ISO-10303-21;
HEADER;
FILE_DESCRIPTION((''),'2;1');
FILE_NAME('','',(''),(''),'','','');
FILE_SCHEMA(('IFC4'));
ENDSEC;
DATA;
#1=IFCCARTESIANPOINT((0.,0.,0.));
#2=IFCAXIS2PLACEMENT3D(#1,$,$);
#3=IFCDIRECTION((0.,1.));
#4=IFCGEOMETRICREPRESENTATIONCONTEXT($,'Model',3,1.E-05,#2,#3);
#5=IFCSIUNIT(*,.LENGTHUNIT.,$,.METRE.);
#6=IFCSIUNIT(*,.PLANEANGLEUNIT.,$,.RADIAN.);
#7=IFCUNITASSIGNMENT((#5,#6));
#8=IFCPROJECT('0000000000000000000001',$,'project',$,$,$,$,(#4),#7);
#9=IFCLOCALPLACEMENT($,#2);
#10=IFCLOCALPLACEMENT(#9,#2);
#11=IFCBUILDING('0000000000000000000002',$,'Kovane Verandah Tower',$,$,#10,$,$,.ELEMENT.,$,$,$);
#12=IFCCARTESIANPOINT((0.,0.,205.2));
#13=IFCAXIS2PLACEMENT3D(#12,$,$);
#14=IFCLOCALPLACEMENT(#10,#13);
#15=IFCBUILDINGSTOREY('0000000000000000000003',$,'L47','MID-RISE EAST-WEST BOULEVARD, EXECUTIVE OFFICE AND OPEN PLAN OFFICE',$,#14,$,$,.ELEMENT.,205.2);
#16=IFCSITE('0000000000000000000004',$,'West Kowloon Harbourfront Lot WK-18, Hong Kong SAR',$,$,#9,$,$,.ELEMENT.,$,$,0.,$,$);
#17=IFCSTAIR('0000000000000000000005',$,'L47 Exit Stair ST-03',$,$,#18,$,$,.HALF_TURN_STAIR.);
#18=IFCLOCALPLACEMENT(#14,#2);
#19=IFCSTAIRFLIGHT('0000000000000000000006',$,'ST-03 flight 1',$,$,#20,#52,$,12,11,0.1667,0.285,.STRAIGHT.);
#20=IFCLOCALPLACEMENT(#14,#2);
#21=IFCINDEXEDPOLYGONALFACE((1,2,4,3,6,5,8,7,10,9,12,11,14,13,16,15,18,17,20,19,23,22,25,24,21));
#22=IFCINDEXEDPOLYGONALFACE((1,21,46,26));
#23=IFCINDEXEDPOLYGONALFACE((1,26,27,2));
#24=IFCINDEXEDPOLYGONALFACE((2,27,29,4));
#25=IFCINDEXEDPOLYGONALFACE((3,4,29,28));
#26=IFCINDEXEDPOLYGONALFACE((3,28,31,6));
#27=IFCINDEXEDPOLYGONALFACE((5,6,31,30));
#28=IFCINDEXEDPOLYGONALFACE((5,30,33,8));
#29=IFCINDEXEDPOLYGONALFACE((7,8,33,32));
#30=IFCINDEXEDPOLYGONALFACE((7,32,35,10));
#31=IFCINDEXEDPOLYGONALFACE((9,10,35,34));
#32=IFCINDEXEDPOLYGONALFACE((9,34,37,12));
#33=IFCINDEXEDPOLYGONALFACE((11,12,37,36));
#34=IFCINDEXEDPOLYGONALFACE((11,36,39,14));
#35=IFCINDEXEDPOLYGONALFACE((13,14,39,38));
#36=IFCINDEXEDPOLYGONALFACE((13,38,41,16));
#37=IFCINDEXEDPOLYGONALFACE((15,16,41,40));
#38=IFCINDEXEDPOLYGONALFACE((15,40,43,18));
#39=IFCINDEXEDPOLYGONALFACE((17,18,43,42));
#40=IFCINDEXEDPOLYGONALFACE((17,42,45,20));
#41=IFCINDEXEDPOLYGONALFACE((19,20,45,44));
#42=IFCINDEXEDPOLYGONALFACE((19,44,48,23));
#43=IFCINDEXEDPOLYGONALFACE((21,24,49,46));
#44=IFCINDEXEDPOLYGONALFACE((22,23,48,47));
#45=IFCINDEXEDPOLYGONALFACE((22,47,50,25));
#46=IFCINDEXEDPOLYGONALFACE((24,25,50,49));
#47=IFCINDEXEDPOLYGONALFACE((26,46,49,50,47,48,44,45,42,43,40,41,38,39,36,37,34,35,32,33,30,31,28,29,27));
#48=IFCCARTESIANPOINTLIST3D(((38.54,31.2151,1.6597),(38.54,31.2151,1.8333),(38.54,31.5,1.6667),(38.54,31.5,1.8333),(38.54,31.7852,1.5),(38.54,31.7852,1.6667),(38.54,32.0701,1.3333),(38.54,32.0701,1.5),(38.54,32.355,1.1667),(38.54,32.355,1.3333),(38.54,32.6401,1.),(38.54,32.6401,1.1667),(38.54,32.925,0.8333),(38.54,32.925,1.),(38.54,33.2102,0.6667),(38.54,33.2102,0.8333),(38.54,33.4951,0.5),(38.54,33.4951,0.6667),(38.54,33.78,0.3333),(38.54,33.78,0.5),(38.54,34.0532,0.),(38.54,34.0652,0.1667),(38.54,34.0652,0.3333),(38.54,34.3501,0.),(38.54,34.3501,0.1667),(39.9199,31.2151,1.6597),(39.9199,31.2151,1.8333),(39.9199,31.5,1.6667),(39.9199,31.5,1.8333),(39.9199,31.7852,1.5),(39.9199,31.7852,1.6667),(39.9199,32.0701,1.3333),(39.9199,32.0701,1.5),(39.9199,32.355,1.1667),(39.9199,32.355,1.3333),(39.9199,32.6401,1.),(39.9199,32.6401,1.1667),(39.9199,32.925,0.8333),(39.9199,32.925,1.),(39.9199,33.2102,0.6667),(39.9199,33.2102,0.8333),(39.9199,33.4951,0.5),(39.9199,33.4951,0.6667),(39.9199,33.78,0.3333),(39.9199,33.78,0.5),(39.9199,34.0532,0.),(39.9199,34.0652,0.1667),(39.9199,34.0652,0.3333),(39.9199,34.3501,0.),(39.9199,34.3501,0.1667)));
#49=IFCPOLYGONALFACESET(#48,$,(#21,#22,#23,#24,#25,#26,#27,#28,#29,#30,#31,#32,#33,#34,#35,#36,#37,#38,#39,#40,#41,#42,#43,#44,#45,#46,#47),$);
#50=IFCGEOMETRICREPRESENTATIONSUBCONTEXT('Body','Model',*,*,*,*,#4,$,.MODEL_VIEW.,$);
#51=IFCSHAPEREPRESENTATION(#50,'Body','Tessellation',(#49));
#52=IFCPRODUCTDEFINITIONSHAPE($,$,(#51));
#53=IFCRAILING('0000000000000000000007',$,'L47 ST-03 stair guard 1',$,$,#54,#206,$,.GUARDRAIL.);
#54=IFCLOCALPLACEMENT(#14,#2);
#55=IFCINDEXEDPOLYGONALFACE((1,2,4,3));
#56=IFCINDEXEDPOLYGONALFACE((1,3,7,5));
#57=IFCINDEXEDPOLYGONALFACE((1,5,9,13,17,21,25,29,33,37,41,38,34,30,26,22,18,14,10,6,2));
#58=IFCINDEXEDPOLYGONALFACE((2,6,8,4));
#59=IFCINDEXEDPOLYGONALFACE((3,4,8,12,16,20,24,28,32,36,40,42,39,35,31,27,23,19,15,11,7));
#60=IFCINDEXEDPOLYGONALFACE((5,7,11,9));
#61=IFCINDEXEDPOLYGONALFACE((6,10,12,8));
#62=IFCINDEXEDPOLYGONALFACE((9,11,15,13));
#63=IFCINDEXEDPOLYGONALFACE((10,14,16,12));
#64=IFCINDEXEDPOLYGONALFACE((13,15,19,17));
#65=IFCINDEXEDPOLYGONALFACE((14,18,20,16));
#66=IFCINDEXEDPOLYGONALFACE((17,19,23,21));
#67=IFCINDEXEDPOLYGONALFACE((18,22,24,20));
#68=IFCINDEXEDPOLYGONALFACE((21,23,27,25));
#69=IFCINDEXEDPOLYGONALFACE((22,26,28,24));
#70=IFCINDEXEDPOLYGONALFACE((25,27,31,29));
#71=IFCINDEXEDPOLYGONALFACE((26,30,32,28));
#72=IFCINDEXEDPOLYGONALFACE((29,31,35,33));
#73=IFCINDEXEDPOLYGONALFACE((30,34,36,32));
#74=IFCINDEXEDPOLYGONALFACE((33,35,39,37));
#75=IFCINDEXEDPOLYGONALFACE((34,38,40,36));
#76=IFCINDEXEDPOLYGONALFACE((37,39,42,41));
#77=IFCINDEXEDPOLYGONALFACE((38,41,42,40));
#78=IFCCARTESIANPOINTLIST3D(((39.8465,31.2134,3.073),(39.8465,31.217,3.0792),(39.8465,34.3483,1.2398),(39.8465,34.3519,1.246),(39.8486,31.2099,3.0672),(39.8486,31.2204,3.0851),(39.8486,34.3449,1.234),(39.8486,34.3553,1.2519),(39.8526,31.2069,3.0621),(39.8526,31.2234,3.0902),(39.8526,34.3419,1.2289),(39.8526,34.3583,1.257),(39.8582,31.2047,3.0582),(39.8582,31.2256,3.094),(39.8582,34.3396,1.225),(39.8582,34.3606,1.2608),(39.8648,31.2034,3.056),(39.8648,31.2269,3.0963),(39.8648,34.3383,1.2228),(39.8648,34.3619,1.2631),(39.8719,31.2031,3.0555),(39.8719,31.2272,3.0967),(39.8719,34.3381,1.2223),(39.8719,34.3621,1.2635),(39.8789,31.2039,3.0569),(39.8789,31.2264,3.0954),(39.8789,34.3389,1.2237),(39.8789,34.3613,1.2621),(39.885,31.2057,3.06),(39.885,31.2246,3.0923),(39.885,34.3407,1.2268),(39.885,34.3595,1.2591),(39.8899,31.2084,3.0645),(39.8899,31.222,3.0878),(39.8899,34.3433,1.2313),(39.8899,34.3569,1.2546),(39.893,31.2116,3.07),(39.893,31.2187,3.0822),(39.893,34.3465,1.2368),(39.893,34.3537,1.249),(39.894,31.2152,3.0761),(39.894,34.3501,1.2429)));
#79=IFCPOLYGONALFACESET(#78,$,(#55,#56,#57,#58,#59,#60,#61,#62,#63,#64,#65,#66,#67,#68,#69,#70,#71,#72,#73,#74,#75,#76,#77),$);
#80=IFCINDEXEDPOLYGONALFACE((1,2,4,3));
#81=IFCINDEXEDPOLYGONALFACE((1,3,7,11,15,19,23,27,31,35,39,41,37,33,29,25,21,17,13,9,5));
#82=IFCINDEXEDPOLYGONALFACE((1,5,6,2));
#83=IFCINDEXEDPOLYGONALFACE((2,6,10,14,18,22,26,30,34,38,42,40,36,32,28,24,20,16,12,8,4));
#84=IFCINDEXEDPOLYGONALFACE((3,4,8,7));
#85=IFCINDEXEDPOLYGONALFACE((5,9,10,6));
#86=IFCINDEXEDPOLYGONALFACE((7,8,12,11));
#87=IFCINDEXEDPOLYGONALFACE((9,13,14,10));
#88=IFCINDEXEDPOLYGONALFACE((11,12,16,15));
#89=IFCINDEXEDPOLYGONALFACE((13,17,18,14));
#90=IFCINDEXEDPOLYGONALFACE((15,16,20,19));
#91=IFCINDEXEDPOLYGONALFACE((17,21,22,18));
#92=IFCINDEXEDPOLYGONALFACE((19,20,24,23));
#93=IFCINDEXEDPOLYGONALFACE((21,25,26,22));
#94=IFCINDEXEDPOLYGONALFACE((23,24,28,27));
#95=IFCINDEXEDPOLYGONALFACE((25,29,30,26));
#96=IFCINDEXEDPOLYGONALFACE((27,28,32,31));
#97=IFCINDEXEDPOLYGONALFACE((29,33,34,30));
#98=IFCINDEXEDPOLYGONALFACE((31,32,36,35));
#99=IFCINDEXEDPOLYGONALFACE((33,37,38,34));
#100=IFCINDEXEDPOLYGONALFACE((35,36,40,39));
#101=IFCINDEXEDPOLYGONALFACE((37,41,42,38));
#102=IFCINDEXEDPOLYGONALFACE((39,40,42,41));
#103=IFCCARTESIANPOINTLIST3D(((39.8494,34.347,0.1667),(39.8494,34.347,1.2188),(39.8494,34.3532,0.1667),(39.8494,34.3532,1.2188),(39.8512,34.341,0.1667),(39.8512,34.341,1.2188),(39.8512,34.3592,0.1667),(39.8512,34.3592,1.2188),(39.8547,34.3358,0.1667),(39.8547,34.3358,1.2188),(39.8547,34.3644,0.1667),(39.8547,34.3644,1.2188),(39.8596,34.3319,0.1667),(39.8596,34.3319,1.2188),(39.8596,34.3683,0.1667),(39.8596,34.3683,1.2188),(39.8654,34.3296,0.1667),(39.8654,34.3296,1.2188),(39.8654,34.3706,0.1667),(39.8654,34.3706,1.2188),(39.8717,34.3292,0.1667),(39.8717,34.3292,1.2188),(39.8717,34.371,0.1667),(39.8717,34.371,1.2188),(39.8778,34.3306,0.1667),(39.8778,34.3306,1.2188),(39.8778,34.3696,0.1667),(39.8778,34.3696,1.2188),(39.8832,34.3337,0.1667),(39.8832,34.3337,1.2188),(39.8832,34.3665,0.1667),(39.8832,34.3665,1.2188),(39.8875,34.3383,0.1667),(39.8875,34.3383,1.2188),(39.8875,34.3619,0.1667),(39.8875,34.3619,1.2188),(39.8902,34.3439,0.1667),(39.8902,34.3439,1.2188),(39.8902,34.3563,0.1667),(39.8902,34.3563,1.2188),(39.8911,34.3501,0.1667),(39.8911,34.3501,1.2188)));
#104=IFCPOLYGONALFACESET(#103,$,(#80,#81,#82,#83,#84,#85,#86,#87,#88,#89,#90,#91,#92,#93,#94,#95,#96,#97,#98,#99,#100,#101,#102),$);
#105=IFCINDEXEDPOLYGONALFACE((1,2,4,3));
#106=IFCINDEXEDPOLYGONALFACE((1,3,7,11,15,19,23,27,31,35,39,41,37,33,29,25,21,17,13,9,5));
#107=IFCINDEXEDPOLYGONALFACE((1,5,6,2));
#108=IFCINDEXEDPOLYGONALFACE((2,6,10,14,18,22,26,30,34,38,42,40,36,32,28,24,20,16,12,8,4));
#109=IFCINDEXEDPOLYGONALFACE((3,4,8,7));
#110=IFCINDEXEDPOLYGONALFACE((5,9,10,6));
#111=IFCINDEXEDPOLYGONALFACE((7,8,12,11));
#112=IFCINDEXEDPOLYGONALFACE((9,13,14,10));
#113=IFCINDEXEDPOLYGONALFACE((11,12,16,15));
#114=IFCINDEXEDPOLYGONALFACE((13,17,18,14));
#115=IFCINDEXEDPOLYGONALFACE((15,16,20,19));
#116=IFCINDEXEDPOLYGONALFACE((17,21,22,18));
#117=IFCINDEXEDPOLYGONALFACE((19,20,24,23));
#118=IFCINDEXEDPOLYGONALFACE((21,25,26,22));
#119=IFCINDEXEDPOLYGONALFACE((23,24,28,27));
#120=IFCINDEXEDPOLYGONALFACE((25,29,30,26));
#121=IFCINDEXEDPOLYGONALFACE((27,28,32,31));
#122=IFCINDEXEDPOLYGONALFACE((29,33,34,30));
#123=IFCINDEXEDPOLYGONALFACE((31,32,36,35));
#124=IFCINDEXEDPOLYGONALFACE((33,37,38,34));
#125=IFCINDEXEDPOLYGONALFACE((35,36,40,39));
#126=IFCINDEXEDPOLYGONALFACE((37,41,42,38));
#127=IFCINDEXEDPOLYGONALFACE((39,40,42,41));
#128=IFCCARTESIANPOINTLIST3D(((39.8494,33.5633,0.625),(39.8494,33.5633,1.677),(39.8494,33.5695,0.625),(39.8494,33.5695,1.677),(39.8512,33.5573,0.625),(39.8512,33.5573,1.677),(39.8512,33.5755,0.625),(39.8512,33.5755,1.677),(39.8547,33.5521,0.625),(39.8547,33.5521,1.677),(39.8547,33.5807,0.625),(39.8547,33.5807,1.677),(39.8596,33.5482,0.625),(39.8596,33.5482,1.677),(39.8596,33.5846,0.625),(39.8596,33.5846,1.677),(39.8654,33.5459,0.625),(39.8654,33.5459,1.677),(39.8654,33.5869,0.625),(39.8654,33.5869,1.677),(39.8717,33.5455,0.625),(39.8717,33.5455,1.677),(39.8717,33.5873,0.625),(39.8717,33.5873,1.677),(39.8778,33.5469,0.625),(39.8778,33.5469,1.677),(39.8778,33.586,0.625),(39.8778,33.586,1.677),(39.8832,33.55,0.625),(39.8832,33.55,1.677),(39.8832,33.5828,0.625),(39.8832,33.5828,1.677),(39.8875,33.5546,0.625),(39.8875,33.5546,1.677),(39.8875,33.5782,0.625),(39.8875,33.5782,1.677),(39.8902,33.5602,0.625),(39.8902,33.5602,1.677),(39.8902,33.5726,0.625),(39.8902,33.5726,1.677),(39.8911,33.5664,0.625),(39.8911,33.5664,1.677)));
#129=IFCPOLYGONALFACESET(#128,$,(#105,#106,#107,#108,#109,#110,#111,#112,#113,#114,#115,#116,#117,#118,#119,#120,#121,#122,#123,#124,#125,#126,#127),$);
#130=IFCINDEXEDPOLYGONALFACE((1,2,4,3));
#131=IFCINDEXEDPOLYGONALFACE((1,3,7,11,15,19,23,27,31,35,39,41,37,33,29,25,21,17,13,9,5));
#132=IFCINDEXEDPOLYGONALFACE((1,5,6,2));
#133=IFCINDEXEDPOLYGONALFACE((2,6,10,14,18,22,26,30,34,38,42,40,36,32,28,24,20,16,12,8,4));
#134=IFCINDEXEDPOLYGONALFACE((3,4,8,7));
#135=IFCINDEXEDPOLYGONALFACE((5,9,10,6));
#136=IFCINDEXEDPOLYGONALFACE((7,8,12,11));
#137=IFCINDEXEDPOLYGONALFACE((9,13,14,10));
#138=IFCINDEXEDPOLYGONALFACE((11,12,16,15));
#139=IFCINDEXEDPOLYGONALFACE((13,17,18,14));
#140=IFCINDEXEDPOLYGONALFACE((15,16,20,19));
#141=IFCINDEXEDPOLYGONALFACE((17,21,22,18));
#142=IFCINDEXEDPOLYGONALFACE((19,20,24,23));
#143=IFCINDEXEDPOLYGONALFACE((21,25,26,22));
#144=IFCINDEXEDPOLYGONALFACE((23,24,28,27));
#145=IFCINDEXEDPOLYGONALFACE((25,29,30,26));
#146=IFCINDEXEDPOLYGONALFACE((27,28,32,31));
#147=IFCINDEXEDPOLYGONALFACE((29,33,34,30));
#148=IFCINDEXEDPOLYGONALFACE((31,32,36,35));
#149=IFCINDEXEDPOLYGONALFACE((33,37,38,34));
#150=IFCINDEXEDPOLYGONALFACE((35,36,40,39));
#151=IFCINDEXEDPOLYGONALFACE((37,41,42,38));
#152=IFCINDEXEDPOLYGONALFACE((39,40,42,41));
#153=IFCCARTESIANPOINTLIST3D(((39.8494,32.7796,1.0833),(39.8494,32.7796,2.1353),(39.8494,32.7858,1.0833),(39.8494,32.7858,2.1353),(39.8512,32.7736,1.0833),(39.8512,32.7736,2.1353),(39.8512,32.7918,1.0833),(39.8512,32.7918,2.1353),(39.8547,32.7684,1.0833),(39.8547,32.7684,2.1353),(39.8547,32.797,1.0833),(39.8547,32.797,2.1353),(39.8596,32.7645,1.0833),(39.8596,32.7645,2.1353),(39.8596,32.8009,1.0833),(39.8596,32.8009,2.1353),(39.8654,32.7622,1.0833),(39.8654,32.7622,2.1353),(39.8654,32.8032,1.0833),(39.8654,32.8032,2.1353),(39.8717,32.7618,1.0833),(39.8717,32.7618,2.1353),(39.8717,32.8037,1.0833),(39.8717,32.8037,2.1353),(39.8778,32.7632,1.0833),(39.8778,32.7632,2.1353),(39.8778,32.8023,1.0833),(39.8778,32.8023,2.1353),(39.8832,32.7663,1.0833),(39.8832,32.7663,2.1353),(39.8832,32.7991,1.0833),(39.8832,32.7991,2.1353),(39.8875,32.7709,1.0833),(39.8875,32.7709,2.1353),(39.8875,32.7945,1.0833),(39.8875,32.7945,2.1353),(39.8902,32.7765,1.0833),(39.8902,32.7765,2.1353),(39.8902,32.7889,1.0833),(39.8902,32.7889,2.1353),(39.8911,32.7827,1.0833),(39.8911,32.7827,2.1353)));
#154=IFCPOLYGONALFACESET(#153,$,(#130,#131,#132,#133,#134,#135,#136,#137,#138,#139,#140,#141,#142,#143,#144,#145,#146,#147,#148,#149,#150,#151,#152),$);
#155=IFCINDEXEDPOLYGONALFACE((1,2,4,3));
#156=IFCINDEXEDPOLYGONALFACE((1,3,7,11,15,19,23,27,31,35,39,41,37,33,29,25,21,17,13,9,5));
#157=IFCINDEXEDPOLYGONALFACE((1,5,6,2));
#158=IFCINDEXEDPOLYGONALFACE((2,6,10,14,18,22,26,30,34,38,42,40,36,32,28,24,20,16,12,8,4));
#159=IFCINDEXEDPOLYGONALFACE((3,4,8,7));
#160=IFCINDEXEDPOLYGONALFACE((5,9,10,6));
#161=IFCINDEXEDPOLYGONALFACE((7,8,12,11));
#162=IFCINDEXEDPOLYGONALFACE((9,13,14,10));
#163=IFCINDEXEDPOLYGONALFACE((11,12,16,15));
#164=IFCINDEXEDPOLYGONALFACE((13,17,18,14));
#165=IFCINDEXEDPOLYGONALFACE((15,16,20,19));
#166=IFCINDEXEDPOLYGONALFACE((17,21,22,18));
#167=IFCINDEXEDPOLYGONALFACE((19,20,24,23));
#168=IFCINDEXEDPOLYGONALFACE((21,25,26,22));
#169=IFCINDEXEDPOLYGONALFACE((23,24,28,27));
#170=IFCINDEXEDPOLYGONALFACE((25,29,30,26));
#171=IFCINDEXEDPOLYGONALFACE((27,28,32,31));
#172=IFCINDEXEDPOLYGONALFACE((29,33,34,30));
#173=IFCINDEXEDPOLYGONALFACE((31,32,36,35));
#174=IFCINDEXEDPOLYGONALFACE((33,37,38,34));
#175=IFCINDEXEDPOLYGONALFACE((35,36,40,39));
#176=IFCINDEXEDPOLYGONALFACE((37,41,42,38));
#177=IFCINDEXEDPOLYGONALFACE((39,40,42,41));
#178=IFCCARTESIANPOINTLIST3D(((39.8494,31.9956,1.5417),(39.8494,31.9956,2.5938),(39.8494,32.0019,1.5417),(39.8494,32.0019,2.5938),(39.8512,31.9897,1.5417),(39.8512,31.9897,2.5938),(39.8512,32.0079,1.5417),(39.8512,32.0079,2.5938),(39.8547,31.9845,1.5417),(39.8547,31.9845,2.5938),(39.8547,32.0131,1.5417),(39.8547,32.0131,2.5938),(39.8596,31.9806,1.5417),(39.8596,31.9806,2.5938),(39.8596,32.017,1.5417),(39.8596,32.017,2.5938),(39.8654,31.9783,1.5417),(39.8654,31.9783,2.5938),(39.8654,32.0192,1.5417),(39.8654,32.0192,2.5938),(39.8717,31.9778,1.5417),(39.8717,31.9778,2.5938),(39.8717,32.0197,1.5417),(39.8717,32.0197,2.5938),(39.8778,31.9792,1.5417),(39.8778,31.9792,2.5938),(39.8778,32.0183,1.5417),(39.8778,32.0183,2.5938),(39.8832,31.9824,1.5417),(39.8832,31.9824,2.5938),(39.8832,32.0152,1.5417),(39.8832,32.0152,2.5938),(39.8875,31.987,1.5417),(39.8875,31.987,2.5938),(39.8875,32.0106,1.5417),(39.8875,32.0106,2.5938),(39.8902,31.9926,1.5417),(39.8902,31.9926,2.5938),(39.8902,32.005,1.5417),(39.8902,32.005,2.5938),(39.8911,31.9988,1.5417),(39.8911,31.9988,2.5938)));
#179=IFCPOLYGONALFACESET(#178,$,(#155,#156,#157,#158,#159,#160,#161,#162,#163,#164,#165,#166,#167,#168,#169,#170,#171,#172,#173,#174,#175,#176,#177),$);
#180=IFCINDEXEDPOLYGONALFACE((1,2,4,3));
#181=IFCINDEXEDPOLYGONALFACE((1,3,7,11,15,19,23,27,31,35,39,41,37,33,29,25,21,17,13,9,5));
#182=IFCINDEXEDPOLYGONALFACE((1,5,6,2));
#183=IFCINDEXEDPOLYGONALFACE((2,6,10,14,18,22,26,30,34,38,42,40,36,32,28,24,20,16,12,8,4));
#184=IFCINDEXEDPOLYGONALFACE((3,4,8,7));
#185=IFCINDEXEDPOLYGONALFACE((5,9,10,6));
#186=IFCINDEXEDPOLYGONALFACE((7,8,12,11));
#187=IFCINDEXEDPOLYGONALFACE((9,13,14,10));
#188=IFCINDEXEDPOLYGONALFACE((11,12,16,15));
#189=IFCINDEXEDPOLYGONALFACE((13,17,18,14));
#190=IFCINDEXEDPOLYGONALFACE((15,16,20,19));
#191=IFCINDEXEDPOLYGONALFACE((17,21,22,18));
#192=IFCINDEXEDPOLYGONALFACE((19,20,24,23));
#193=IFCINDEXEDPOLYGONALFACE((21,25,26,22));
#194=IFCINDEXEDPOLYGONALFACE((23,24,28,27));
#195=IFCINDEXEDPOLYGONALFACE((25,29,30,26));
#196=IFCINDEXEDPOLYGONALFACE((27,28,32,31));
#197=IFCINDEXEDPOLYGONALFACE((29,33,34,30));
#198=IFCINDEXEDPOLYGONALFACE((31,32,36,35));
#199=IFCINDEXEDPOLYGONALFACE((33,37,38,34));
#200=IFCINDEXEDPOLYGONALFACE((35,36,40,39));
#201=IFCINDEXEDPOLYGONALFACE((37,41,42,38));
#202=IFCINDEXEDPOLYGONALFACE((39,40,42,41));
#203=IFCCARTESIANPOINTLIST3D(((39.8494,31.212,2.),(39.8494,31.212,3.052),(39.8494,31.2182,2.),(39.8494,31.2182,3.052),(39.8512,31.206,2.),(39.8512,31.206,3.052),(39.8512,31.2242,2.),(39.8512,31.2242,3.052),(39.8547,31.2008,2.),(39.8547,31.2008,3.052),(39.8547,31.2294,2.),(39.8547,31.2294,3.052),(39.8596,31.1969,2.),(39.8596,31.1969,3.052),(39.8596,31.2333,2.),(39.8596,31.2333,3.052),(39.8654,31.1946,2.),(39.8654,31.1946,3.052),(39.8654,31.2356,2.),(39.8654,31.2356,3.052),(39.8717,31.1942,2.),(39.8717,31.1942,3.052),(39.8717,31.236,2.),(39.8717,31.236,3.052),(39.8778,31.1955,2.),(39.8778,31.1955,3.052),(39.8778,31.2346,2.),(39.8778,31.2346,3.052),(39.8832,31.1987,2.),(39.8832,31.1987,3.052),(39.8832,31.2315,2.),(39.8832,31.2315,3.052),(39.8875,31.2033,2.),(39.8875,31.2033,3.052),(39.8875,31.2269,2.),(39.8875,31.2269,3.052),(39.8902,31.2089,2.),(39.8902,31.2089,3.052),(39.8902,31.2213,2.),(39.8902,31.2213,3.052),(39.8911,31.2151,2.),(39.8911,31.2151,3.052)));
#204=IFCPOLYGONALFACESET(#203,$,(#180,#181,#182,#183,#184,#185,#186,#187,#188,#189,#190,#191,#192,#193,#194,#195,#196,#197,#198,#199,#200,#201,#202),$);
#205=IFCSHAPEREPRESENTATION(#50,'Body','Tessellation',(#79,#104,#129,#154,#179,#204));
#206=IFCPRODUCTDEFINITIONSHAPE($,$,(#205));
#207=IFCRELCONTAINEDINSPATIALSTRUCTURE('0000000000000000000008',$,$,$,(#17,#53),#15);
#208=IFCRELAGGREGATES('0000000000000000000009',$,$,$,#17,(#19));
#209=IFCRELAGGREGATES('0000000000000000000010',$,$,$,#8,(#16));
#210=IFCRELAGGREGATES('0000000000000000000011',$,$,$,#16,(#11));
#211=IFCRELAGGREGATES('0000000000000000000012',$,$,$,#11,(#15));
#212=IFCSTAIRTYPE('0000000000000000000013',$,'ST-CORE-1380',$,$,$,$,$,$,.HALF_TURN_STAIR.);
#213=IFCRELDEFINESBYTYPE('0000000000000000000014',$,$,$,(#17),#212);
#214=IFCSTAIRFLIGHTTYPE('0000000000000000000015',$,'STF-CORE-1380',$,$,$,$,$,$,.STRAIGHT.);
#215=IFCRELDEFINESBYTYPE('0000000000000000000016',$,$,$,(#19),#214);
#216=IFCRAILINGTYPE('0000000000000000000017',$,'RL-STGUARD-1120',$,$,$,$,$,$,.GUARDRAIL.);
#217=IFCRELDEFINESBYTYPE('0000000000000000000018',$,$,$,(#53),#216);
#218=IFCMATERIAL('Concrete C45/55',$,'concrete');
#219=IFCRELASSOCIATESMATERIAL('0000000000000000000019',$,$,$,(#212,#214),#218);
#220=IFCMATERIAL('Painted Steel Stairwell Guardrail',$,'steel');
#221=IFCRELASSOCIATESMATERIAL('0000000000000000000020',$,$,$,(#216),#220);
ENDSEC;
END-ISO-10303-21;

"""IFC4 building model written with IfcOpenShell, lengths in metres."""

from ifc_helpers import new_model, si_unit, direction, frame, origin, origin_2d, place, context, subcontext, project, spatial, polyline, circle, outline, extrude, material, type_object, element, aggregate, save


model = new_model("IFC4")

# Units and contexts
model_context = context("Model", 3, precision=1e-05, world=origin(), true_north=direction((0.0, 1.0)))
body_context = subcontext(model_context, "Body", "Model", "MODEL_VIEW")
ifc_project = project(units=[si_unit("LENGTHUNIT", "METRE"), si_unit("PLANEANGLEUNIT", "RADIAN")], contexts=[model_context])

# Site, building, storey
site_placement = place(None, origin())
site = spatial("IfcSite", under=ifc_project, at=site_placement, Name="West Kowloon Harbourfront Lot WK-18, Hong Kong SAR", CompositionType="ELEMENT", RefElevation=0.0)
building_placement = place(site_placement, origin())
building = spatial("IfcBuilding", under=site, at=building_placement, Name="Kovane Verandah Tower", CompositionType="ELEMENT")
storey_placement = place(building_placement, frame((0.0, 0.0, 205.2)))
storey = spatial("IfcBuildingStorey", under=building, at=storey_placement, Name="L47", Description="MID-RISE EAST-WEST BOULEVARD, EXECUTIVE OFFICE AND OPEN PLAN OFFICE", CompositionType="ELEMENT", Elevation=205.2)

# Shared definitions
ifc_material_1 = material(Name="Concrete C45/55", Category="concrete")

# Stair, stair flight
stair_type = type_object("IfcStairType", Name="ST-CORE-1380", PredefinedType="HALF_TURN_STAIR", material=ifc_material_1)
stair_placement = place(storey_placement, origin())
stair = element("IfcStair", 1, at=stair_placement, inside=storey, type_object=stair_type, Name="L47 Exit Stair ST-03", PredefinedType="HALF_TURN_STAIR")
stair_flight_type = type_object("IfcStairFlightType", Name="STF-CORE-1380", PredefinedType="STRAIGHT", material=ifc_material_1)
stair_flight_placement = place(storey_placement, frame((39.23, 34.3501, 0.0), z_axis=(0.0, 0.0, 1.0), x_axis=(0.0, -1.0, 0.0)))
stair_flight = element("IfcStairFlight", 2, at=stair_flight_placement, type_object=stair_flight_type, Name="ST-03 flight 1", NumberOfRisers=12, NumberOfTreads=11, PredefinedType="STRAIGHT", RiserHeight=0.1667, TreadLength=0.285, context=body_context, shape_type="SweptSolid", body=[
    extrude(outline(polyline([(0.0, 0.0), (0.0, 0.1667), (0.2849, 0.1667), (0.2849, 0.3333), (0.5701, 0.3333), (0.5701, 0.5), (0.855, 0.5), (0.855, 0.6667), (1.1399, 0.6667), (1.1399, 0.8333), (1.425, 0.8333), (1.425, 1.0), (1.71, 1.0), (1.71, 1.1667), (1.9951, 1.1667), (1.9951, 1.3333), (2.28, 1.3333), (2.28, 1.5), (2.5649, 1.5), (2.5649, 1.6667), (2.8501, 1.6667), (2.8501, 1.8333), (3.135, 1.8333), (3.135, 2.0), (3.135, 1.6597), (0.2969, 0.0), (0.0, 0.0)])), frame((0.0, 0.6899, 0.0), z_axis=(0.0, -1.0, 0.0), x_axis=(1.0, 0.0, 0.0)), (0.0, 0.0, 1.0), 1.3799),
])
aggregate(stair, [stair_flight])

# Railing
ifc_material_2 = material(Name="Painted Steel Stairwell Guardrail", Category="steel")
railing_type = type_object("IfcRailingType", Name="RL-STGUARD-1120", PredefinedType="GUARDRAIL", material=ifc_material_2)
railing_1_placement = place(storey_placement, frame((39.8701, 34.3501, 0.1667)))
element("IfcRailing", 3, at=railing_1_placement, inside=storey, type_object=railing_type, Name="L47 ST-03 stair guard 1", PredefinedType="GUARDRAIL", context=body_context, shape_type="SweptSolid", body=[
    extrude(circle(Radius=0.0239, at=origin_2d()), frame((0.0, 0.0, 1.0762), z_axis=(0.0, -0.86324, 0.504794), x_axis=(1.0, 0.0, 0.0)), (0.0, 0.0, 1.0), 3.6316),
    extrude(circle(Radius=0.021, at=origin_2d()), origin(), (0.0, 0.0, 1.0), 1.052),
    extrude(circle(Radius=0.021, at=origin_2d()), frame((0.0, -0.7837, 0.4583)), (0.0, 0.0, 1.0), 1.052),
    extrude(circle(Radius=0.021, at=origin_2d()), frame((0.0, -1.5674, 0.9165)), (0.0, 0.0, 1.0), 1.052),
    extrude(circle(Radius=0.021, at=origin_2d()), frame((0.0, -2.3513, 1.375)), (0.0, 0.0, 1.0), 1.052),
    extrude(circle(Radius=0.021, at=origin_2d()), frame((0.0, -3.135, 1.8333)), (0.0, 0.0, 1.0), 1.052),
])

save(model, "model.ifc")
